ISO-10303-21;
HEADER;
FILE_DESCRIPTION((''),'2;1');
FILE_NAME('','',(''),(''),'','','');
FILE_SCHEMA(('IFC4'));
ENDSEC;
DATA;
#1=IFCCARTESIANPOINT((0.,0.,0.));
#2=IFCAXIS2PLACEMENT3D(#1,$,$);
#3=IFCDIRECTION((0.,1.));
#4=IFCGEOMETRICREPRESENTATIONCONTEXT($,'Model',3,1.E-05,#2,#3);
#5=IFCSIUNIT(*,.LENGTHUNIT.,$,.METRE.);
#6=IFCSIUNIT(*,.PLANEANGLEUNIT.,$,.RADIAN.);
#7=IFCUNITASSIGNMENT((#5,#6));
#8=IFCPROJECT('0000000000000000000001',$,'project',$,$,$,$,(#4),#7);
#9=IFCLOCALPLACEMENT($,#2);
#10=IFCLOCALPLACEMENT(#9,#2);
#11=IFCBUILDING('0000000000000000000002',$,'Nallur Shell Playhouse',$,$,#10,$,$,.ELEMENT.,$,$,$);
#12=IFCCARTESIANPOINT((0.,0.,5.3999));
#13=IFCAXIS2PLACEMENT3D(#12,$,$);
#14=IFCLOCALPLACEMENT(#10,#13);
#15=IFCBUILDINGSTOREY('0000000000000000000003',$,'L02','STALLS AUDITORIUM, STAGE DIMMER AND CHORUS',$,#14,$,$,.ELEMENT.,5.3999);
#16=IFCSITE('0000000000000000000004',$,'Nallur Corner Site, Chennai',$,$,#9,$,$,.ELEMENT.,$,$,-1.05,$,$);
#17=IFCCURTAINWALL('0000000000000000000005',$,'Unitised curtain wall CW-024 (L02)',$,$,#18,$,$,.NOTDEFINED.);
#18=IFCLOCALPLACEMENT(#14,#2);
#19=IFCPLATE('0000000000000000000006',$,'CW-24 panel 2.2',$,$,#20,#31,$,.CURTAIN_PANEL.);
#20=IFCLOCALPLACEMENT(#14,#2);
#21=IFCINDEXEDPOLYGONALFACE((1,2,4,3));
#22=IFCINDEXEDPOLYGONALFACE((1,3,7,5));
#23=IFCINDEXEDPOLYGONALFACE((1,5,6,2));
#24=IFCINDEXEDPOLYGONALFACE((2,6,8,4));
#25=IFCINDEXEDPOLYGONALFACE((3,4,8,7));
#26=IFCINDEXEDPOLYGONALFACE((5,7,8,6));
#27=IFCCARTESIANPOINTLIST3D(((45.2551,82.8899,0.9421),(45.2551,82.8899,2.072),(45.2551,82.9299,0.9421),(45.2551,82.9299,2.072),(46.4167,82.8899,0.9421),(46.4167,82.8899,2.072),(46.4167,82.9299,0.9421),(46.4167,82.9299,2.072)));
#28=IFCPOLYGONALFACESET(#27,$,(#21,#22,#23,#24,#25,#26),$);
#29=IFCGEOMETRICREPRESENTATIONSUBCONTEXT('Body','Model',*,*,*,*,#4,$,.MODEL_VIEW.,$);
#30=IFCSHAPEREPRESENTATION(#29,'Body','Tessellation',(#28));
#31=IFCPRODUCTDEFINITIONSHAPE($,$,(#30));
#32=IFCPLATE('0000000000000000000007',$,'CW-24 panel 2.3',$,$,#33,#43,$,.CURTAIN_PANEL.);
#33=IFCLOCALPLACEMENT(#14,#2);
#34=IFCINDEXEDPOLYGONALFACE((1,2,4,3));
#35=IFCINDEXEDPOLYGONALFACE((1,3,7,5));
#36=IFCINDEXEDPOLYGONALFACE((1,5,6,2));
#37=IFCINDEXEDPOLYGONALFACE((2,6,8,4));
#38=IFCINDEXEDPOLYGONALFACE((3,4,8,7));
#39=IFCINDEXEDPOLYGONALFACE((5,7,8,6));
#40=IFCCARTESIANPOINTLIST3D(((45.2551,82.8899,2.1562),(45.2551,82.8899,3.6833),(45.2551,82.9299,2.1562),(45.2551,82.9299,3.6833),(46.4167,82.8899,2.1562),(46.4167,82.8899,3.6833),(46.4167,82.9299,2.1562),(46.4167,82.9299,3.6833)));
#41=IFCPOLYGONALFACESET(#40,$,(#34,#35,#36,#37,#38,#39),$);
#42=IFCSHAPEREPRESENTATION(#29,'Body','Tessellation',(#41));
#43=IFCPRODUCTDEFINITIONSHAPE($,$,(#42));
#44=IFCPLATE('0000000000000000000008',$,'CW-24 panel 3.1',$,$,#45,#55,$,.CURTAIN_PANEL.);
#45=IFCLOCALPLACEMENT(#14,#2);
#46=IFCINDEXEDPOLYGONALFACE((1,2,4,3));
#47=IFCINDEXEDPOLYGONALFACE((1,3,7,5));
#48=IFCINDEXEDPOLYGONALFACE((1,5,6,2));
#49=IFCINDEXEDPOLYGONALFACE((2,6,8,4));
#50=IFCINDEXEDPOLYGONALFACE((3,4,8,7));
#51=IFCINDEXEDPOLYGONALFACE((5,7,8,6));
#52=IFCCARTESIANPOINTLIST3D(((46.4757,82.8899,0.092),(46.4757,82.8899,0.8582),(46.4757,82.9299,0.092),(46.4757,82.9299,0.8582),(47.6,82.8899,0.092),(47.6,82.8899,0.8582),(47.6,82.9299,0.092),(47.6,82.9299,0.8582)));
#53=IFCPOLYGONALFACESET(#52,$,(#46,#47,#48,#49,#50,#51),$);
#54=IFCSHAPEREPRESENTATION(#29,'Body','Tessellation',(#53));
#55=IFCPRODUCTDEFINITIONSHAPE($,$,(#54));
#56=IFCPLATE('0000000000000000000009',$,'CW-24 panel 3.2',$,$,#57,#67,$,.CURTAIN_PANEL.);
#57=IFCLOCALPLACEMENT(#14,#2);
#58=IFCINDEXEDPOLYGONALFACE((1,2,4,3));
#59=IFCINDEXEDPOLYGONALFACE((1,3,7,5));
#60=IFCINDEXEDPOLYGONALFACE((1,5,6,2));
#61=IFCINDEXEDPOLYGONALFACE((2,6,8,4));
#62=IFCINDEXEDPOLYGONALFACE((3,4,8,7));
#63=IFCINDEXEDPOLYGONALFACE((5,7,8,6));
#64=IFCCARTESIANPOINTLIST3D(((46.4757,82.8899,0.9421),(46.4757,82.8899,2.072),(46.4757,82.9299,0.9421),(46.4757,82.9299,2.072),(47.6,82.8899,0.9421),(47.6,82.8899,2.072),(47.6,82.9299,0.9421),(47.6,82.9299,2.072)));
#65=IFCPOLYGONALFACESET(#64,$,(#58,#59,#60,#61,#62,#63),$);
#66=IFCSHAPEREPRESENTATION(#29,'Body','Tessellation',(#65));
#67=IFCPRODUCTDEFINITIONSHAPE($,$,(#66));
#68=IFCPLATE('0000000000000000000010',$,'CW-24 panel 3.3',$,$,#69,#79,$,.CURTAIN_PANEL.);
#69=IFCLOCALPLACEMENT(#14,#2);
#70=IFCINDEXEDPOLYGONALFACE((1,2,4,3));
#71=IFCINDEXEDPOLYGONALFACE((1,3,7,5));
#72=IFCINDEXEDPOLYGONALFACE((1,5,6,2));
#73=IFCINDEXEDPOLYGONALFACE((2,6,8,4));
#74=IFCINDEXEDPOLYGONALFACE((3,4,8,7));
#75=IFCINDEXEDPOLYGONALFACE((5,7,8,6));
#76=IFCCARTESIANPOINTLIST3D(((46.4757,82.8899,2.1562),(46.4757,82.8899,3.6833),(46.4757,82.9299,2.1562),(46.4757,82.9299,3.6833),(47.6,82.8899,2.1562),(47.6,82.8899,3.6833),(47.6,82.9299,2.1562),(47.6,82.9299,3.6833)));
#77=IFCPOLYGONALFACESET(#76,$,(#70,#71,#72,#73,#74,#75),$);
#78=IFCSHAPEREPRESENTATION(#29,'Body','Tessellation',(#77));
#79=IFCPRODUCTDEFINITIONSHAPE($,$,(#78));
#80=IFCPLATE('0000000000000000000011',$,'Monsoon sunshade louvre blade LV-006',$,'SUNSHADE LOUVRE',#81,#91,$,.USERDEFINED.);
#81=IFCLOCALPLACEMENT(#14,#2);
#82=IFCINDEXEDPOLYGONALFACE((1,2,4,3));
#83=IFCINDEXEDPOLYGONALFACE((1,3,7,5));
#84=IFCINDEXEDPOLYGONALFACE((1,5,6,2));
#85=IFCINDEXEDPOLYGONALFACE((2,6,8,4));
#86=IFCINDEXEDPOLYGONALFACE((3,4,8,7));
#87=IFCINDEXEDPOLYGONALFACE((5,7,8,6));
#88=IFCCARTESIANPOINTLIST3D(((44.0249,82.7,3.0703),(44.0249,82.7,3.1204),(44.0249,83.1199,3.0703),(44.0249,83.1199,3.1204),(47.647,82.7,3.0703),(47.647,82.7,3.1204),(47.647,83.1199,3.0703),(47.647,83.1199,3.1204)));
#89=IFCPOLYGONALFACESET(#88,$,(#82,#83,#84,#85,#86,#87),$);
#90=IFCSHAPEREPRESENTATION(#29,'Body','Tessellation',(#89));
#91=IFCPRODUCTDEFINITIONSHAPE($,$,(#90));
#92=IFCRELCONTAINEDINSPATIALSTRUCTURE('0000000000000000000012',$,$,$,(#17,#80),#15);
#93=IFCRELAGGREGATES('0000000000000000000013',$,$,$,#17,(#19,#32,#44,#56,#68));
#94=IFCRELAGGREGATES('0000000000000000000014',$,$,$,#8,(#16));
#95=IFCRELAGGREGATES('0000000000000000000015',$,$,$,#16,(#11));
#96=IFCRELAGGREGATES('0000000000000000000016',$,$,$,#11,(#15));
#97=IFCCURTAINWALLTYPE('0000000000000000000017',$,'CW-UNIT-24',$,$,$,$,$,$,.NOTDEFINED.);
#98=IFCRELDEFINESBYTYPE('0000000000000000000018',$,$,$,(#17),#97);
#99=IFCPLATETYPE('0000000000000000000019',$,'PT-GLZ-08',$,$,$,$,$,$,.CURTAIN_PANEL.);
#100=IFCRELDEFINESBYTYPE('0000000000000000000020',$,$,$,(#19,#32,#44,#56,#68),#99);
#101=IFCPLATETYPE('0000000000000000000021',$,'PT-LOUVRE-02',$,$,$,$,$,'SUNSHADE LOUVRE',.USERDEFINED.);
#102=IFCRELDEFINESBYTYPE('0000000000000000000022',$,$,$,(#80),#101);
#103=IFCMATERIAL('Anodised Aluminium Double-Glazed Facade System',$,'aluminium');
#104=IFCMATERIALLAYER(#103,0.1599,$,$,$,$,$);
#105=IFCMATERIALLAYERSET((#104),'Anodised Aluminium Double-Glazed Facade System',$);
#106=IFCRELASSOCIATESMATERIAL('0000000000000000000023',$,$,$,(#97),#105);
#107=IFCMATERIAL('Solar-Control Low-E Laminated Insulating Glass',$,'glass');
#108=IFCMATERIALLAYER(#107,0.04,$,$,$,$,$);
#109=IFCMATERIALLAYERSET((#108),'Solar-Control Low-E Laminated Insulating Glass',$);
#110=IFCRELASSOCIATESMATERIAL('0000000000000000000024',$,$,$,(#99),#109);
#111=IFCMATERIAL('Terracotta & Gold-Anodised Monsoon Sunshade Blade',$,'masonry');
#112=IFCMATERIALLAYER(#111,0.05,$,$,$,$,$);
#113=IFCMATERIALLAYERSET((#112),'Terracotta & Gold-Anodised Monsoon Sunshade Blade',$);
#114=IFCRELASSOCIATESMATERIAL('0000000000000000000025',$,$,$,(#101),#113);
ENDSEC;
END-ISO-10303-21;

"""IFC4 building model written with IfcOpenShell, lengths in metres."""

from ifc_helpers import new_model, si_unit, direction, frame, origin, origin_2d, place, context, subcontext, project, spatial, rectangle, extrude, material, layer, layer_set, type_object, element, aggregate, save


model = new_model("IFC4")

# Units and contexts
model_context = context("Model", 3, precision=1e-05, world=origin(), true_north=direction((0.0, 1.0)))
body_context = subcontext(model_context, "Body", "Model", "MODEL_VIEW")
ifc_project = project(units=[si_unit("LENGTHUNIT", "METRE"), si_unit("PLANEANGLEUNIT", "RADIAN")], contexts=[model_context])

# Site, building, storey
site_placement = place(None, origin())
site = spatial("IfcSite", under=ifc_project, at=site_placement, Name="Nallur Corner Site, Chennai", CompositionType="ELEMENT", RefElevation=-1.05)
building_placement = place(site_placement, origin())
building = spatial("IfcBuilding", under=site, at=building_placement, Name="Nallur Shell Playhouse", CompositionType="ELEMENT")
storey_placement = place(building_placement, frame((0.0, 0.0, 5.3999)))
storey = spatial("IfcBuildingStorey", under=building, at=storey_placement, Name="L02", Description="STALLS AUDITORIUM, STAGE DIMMER AND CHORUS", CompositionType="ELEMENT", Elevation=5.3999)

# Shared definitions
ifc_material_1 = material(Name="Anodised Aluminium Double-Glazed Facade System", Category="aluminium")

# Curtain wall
ifc_layer_1 = layer(ifc_material_1, 0.1599)
ifc_layer_set_1 = layer_set([ifc_layer_1], Name="Anodised Aluminium Double-Glazed Facade System")
curtain_wall_type_1 = type_object("IfcCurtainWallType", Name="CW-UNIT-24", PredefinedType="NOTDEFINED", material=ifc_layer_set_1)
curtain_wall_1_placement = place(storey_placement, origin())
curtain_wall_1 = element("IfcCurtainWall", 1, at=curtain_wall_1_placement, inside=storey, type_object=curtain_wall_type_1, Name="Unitised curtain wall CW-024 (L02)", PredefinedType="NOTDEFINED")

# Plates
ifc_material_2 = material(Name="Solar-Control Low-E Laminated Insulating Glass", Category="glass")
ifc_layer_2 = layer(ifc_material_2, 0.04)
ifc_layer_set_2 = layer_set([ifc_layer_2], Name="Solar-Control Low-E Laminated Insulating Glass")
plate_type_1 = type_object("IfcPlateType", Name="PT-GLZ-08", PredefinedType="CURTAIN_PANEL", material=ifc_layer_set_2)
plate_1_placement = place(storey_placement, frame((45.8359, 82.9099, 0.9421), z_axis=(0.0, 0.0, 1.0), x_axis=(1.0, 0.0, 0.0)))
plate_1 = element("IfcPlate", 2, at=plate_1_placement, type_object=plate_type_1, Name="CW-24 panel 2.2", PredefinedType="CURTAIN_PANEL", context=body_context, shape_type="SweptSolid", body=[
    extrude(rectangle(XDim=1.1616, YDim=0.04, at=origin_2d()), origin(), (0.0, 0.0, 1.0), 1.1299),
])
plate_2_placement = place(storey_placement, frame((45.8359, 82.9099, 2.1562), z_axis=(0.0, 0.0, 1.0), x_axis=(1.0, 0.0, 0.0)))
plate_2 = element("IfcPlate", 3, at=plate_2_placement, type_object=plate_type_1, Name="CW-24 panel 2.3", PredefinedType="CURTAIN_PANEL", context=body_context, shape_type="SweptSolid", body=[
    extrude(rectangle(XDim=1.1616, YDim=0.04, at=origin_2d()), origin(), (0.0, 0.0, 1.0), 1.5271),
])
plate_3_placement = place(storey_placement, frame((47.0378, 82.9099, 0.092), z_axis=(0.0, 0.0, 1.0), x_axis=(1.0, 0.0, 0.0)))
plate_3 = element("IfcPlate", 4, at=plate_3_placement, type_object=plate_type_1, Name="CW-24 panel 3.1", PredefinedType="CURTAIN_PANEL", context=body_context, shape_type="SweptSolid", body=[
    extrude(rectangle(XDim=1.1243, YDim=0.04, at=origin_2d()), origin(), (0.0, 0.0, 1.0), 0.7661),
])
plate_4_placement = place(storey_placement, frame((47.0378, 82.9099, 0.9421), z_axis=(0.0, 0.0, 1.0), x_axis=(1.0, 0.0, 0.0)))
plate_4 = element("IfcPlate", 5, at=plate_4_placement, type_object=plate_type_1, Name="CW-24 panel 3.2", PredefinedType="CURTAIN_PANEL", context=body_context, shape_type="SweptSolid", body=[
    extrude(rectangle(XDim=1.1243, YDim=0.04, at=origin_2d()), origin(), (0.0, 0.0, 1.0), 1.1299),
])
plate_5_placement = place(storey_placement, frame((47.0378, 82.9099, 2.1562), z_axis=(0.0, 0.0, 1.0), x_axis=(1.0, 0.0, 0.0)))
plate_5 = element("IfcPlate", 6, at=plate_5_placement, type_object=plate_type_1, Name="CW-24 panel 3.3", PredefinedType="CURTAIN_PANEL", context=body_context, shape_type="SweptSolid", body=[
    extrude(rectangle(XDim=1.1243, YDim=0.04, at=origin_2d()), origin(), (0.0, 0.0, 1.0), 1.5271),
])
aggregate(curtain_wall_1, [plate_1, plate_2, plate_3, plate_4, plate_5])
ifc_material_3 = material(Name="Terracotta & Gold-Anodised Monsoon Sunshade Blade", Category="masonry")
ifc_layer_3 = layer(ifc_material_3, 0.05)
ifc_layer_set_3 = layer_set([ifc_layer_3], Name="Terracotta & Gold-Anodised Monsoon Sunshade Blade")
plate_type_2 = type_object("IfcPlateType", Name="PT-LOUVRE-02", ElementType="SUNSHADE LOUVRE", PredefinedType="USERDEFINED", material=ifc_layer_set_3)
plate_6_placement = place(storey_placement, frame((45.8359, 82.9099, 3.0703), z_axis=(0.0, 0.0, 1.0), x_axis=(1.0, 0.0, 0.0)))
element("IfcPlate", 7, at=plate_6_placement, inside=storey, type_object=plate_type_2, Name="Monsoon sunshade louvre blade LV-006", ObjectType="SUNSHADE LOUVRE", PredefinedType="USERDEFINED", context=body_context, shape_type="SweptSolid", body=[
    extrude(rectangle(XDim=3.6221, YDim=0.4199, at=origin_2d()), origin(), (0.0, 0.0, 1.0), 0.05),
])

save(model, "model.ifc")
